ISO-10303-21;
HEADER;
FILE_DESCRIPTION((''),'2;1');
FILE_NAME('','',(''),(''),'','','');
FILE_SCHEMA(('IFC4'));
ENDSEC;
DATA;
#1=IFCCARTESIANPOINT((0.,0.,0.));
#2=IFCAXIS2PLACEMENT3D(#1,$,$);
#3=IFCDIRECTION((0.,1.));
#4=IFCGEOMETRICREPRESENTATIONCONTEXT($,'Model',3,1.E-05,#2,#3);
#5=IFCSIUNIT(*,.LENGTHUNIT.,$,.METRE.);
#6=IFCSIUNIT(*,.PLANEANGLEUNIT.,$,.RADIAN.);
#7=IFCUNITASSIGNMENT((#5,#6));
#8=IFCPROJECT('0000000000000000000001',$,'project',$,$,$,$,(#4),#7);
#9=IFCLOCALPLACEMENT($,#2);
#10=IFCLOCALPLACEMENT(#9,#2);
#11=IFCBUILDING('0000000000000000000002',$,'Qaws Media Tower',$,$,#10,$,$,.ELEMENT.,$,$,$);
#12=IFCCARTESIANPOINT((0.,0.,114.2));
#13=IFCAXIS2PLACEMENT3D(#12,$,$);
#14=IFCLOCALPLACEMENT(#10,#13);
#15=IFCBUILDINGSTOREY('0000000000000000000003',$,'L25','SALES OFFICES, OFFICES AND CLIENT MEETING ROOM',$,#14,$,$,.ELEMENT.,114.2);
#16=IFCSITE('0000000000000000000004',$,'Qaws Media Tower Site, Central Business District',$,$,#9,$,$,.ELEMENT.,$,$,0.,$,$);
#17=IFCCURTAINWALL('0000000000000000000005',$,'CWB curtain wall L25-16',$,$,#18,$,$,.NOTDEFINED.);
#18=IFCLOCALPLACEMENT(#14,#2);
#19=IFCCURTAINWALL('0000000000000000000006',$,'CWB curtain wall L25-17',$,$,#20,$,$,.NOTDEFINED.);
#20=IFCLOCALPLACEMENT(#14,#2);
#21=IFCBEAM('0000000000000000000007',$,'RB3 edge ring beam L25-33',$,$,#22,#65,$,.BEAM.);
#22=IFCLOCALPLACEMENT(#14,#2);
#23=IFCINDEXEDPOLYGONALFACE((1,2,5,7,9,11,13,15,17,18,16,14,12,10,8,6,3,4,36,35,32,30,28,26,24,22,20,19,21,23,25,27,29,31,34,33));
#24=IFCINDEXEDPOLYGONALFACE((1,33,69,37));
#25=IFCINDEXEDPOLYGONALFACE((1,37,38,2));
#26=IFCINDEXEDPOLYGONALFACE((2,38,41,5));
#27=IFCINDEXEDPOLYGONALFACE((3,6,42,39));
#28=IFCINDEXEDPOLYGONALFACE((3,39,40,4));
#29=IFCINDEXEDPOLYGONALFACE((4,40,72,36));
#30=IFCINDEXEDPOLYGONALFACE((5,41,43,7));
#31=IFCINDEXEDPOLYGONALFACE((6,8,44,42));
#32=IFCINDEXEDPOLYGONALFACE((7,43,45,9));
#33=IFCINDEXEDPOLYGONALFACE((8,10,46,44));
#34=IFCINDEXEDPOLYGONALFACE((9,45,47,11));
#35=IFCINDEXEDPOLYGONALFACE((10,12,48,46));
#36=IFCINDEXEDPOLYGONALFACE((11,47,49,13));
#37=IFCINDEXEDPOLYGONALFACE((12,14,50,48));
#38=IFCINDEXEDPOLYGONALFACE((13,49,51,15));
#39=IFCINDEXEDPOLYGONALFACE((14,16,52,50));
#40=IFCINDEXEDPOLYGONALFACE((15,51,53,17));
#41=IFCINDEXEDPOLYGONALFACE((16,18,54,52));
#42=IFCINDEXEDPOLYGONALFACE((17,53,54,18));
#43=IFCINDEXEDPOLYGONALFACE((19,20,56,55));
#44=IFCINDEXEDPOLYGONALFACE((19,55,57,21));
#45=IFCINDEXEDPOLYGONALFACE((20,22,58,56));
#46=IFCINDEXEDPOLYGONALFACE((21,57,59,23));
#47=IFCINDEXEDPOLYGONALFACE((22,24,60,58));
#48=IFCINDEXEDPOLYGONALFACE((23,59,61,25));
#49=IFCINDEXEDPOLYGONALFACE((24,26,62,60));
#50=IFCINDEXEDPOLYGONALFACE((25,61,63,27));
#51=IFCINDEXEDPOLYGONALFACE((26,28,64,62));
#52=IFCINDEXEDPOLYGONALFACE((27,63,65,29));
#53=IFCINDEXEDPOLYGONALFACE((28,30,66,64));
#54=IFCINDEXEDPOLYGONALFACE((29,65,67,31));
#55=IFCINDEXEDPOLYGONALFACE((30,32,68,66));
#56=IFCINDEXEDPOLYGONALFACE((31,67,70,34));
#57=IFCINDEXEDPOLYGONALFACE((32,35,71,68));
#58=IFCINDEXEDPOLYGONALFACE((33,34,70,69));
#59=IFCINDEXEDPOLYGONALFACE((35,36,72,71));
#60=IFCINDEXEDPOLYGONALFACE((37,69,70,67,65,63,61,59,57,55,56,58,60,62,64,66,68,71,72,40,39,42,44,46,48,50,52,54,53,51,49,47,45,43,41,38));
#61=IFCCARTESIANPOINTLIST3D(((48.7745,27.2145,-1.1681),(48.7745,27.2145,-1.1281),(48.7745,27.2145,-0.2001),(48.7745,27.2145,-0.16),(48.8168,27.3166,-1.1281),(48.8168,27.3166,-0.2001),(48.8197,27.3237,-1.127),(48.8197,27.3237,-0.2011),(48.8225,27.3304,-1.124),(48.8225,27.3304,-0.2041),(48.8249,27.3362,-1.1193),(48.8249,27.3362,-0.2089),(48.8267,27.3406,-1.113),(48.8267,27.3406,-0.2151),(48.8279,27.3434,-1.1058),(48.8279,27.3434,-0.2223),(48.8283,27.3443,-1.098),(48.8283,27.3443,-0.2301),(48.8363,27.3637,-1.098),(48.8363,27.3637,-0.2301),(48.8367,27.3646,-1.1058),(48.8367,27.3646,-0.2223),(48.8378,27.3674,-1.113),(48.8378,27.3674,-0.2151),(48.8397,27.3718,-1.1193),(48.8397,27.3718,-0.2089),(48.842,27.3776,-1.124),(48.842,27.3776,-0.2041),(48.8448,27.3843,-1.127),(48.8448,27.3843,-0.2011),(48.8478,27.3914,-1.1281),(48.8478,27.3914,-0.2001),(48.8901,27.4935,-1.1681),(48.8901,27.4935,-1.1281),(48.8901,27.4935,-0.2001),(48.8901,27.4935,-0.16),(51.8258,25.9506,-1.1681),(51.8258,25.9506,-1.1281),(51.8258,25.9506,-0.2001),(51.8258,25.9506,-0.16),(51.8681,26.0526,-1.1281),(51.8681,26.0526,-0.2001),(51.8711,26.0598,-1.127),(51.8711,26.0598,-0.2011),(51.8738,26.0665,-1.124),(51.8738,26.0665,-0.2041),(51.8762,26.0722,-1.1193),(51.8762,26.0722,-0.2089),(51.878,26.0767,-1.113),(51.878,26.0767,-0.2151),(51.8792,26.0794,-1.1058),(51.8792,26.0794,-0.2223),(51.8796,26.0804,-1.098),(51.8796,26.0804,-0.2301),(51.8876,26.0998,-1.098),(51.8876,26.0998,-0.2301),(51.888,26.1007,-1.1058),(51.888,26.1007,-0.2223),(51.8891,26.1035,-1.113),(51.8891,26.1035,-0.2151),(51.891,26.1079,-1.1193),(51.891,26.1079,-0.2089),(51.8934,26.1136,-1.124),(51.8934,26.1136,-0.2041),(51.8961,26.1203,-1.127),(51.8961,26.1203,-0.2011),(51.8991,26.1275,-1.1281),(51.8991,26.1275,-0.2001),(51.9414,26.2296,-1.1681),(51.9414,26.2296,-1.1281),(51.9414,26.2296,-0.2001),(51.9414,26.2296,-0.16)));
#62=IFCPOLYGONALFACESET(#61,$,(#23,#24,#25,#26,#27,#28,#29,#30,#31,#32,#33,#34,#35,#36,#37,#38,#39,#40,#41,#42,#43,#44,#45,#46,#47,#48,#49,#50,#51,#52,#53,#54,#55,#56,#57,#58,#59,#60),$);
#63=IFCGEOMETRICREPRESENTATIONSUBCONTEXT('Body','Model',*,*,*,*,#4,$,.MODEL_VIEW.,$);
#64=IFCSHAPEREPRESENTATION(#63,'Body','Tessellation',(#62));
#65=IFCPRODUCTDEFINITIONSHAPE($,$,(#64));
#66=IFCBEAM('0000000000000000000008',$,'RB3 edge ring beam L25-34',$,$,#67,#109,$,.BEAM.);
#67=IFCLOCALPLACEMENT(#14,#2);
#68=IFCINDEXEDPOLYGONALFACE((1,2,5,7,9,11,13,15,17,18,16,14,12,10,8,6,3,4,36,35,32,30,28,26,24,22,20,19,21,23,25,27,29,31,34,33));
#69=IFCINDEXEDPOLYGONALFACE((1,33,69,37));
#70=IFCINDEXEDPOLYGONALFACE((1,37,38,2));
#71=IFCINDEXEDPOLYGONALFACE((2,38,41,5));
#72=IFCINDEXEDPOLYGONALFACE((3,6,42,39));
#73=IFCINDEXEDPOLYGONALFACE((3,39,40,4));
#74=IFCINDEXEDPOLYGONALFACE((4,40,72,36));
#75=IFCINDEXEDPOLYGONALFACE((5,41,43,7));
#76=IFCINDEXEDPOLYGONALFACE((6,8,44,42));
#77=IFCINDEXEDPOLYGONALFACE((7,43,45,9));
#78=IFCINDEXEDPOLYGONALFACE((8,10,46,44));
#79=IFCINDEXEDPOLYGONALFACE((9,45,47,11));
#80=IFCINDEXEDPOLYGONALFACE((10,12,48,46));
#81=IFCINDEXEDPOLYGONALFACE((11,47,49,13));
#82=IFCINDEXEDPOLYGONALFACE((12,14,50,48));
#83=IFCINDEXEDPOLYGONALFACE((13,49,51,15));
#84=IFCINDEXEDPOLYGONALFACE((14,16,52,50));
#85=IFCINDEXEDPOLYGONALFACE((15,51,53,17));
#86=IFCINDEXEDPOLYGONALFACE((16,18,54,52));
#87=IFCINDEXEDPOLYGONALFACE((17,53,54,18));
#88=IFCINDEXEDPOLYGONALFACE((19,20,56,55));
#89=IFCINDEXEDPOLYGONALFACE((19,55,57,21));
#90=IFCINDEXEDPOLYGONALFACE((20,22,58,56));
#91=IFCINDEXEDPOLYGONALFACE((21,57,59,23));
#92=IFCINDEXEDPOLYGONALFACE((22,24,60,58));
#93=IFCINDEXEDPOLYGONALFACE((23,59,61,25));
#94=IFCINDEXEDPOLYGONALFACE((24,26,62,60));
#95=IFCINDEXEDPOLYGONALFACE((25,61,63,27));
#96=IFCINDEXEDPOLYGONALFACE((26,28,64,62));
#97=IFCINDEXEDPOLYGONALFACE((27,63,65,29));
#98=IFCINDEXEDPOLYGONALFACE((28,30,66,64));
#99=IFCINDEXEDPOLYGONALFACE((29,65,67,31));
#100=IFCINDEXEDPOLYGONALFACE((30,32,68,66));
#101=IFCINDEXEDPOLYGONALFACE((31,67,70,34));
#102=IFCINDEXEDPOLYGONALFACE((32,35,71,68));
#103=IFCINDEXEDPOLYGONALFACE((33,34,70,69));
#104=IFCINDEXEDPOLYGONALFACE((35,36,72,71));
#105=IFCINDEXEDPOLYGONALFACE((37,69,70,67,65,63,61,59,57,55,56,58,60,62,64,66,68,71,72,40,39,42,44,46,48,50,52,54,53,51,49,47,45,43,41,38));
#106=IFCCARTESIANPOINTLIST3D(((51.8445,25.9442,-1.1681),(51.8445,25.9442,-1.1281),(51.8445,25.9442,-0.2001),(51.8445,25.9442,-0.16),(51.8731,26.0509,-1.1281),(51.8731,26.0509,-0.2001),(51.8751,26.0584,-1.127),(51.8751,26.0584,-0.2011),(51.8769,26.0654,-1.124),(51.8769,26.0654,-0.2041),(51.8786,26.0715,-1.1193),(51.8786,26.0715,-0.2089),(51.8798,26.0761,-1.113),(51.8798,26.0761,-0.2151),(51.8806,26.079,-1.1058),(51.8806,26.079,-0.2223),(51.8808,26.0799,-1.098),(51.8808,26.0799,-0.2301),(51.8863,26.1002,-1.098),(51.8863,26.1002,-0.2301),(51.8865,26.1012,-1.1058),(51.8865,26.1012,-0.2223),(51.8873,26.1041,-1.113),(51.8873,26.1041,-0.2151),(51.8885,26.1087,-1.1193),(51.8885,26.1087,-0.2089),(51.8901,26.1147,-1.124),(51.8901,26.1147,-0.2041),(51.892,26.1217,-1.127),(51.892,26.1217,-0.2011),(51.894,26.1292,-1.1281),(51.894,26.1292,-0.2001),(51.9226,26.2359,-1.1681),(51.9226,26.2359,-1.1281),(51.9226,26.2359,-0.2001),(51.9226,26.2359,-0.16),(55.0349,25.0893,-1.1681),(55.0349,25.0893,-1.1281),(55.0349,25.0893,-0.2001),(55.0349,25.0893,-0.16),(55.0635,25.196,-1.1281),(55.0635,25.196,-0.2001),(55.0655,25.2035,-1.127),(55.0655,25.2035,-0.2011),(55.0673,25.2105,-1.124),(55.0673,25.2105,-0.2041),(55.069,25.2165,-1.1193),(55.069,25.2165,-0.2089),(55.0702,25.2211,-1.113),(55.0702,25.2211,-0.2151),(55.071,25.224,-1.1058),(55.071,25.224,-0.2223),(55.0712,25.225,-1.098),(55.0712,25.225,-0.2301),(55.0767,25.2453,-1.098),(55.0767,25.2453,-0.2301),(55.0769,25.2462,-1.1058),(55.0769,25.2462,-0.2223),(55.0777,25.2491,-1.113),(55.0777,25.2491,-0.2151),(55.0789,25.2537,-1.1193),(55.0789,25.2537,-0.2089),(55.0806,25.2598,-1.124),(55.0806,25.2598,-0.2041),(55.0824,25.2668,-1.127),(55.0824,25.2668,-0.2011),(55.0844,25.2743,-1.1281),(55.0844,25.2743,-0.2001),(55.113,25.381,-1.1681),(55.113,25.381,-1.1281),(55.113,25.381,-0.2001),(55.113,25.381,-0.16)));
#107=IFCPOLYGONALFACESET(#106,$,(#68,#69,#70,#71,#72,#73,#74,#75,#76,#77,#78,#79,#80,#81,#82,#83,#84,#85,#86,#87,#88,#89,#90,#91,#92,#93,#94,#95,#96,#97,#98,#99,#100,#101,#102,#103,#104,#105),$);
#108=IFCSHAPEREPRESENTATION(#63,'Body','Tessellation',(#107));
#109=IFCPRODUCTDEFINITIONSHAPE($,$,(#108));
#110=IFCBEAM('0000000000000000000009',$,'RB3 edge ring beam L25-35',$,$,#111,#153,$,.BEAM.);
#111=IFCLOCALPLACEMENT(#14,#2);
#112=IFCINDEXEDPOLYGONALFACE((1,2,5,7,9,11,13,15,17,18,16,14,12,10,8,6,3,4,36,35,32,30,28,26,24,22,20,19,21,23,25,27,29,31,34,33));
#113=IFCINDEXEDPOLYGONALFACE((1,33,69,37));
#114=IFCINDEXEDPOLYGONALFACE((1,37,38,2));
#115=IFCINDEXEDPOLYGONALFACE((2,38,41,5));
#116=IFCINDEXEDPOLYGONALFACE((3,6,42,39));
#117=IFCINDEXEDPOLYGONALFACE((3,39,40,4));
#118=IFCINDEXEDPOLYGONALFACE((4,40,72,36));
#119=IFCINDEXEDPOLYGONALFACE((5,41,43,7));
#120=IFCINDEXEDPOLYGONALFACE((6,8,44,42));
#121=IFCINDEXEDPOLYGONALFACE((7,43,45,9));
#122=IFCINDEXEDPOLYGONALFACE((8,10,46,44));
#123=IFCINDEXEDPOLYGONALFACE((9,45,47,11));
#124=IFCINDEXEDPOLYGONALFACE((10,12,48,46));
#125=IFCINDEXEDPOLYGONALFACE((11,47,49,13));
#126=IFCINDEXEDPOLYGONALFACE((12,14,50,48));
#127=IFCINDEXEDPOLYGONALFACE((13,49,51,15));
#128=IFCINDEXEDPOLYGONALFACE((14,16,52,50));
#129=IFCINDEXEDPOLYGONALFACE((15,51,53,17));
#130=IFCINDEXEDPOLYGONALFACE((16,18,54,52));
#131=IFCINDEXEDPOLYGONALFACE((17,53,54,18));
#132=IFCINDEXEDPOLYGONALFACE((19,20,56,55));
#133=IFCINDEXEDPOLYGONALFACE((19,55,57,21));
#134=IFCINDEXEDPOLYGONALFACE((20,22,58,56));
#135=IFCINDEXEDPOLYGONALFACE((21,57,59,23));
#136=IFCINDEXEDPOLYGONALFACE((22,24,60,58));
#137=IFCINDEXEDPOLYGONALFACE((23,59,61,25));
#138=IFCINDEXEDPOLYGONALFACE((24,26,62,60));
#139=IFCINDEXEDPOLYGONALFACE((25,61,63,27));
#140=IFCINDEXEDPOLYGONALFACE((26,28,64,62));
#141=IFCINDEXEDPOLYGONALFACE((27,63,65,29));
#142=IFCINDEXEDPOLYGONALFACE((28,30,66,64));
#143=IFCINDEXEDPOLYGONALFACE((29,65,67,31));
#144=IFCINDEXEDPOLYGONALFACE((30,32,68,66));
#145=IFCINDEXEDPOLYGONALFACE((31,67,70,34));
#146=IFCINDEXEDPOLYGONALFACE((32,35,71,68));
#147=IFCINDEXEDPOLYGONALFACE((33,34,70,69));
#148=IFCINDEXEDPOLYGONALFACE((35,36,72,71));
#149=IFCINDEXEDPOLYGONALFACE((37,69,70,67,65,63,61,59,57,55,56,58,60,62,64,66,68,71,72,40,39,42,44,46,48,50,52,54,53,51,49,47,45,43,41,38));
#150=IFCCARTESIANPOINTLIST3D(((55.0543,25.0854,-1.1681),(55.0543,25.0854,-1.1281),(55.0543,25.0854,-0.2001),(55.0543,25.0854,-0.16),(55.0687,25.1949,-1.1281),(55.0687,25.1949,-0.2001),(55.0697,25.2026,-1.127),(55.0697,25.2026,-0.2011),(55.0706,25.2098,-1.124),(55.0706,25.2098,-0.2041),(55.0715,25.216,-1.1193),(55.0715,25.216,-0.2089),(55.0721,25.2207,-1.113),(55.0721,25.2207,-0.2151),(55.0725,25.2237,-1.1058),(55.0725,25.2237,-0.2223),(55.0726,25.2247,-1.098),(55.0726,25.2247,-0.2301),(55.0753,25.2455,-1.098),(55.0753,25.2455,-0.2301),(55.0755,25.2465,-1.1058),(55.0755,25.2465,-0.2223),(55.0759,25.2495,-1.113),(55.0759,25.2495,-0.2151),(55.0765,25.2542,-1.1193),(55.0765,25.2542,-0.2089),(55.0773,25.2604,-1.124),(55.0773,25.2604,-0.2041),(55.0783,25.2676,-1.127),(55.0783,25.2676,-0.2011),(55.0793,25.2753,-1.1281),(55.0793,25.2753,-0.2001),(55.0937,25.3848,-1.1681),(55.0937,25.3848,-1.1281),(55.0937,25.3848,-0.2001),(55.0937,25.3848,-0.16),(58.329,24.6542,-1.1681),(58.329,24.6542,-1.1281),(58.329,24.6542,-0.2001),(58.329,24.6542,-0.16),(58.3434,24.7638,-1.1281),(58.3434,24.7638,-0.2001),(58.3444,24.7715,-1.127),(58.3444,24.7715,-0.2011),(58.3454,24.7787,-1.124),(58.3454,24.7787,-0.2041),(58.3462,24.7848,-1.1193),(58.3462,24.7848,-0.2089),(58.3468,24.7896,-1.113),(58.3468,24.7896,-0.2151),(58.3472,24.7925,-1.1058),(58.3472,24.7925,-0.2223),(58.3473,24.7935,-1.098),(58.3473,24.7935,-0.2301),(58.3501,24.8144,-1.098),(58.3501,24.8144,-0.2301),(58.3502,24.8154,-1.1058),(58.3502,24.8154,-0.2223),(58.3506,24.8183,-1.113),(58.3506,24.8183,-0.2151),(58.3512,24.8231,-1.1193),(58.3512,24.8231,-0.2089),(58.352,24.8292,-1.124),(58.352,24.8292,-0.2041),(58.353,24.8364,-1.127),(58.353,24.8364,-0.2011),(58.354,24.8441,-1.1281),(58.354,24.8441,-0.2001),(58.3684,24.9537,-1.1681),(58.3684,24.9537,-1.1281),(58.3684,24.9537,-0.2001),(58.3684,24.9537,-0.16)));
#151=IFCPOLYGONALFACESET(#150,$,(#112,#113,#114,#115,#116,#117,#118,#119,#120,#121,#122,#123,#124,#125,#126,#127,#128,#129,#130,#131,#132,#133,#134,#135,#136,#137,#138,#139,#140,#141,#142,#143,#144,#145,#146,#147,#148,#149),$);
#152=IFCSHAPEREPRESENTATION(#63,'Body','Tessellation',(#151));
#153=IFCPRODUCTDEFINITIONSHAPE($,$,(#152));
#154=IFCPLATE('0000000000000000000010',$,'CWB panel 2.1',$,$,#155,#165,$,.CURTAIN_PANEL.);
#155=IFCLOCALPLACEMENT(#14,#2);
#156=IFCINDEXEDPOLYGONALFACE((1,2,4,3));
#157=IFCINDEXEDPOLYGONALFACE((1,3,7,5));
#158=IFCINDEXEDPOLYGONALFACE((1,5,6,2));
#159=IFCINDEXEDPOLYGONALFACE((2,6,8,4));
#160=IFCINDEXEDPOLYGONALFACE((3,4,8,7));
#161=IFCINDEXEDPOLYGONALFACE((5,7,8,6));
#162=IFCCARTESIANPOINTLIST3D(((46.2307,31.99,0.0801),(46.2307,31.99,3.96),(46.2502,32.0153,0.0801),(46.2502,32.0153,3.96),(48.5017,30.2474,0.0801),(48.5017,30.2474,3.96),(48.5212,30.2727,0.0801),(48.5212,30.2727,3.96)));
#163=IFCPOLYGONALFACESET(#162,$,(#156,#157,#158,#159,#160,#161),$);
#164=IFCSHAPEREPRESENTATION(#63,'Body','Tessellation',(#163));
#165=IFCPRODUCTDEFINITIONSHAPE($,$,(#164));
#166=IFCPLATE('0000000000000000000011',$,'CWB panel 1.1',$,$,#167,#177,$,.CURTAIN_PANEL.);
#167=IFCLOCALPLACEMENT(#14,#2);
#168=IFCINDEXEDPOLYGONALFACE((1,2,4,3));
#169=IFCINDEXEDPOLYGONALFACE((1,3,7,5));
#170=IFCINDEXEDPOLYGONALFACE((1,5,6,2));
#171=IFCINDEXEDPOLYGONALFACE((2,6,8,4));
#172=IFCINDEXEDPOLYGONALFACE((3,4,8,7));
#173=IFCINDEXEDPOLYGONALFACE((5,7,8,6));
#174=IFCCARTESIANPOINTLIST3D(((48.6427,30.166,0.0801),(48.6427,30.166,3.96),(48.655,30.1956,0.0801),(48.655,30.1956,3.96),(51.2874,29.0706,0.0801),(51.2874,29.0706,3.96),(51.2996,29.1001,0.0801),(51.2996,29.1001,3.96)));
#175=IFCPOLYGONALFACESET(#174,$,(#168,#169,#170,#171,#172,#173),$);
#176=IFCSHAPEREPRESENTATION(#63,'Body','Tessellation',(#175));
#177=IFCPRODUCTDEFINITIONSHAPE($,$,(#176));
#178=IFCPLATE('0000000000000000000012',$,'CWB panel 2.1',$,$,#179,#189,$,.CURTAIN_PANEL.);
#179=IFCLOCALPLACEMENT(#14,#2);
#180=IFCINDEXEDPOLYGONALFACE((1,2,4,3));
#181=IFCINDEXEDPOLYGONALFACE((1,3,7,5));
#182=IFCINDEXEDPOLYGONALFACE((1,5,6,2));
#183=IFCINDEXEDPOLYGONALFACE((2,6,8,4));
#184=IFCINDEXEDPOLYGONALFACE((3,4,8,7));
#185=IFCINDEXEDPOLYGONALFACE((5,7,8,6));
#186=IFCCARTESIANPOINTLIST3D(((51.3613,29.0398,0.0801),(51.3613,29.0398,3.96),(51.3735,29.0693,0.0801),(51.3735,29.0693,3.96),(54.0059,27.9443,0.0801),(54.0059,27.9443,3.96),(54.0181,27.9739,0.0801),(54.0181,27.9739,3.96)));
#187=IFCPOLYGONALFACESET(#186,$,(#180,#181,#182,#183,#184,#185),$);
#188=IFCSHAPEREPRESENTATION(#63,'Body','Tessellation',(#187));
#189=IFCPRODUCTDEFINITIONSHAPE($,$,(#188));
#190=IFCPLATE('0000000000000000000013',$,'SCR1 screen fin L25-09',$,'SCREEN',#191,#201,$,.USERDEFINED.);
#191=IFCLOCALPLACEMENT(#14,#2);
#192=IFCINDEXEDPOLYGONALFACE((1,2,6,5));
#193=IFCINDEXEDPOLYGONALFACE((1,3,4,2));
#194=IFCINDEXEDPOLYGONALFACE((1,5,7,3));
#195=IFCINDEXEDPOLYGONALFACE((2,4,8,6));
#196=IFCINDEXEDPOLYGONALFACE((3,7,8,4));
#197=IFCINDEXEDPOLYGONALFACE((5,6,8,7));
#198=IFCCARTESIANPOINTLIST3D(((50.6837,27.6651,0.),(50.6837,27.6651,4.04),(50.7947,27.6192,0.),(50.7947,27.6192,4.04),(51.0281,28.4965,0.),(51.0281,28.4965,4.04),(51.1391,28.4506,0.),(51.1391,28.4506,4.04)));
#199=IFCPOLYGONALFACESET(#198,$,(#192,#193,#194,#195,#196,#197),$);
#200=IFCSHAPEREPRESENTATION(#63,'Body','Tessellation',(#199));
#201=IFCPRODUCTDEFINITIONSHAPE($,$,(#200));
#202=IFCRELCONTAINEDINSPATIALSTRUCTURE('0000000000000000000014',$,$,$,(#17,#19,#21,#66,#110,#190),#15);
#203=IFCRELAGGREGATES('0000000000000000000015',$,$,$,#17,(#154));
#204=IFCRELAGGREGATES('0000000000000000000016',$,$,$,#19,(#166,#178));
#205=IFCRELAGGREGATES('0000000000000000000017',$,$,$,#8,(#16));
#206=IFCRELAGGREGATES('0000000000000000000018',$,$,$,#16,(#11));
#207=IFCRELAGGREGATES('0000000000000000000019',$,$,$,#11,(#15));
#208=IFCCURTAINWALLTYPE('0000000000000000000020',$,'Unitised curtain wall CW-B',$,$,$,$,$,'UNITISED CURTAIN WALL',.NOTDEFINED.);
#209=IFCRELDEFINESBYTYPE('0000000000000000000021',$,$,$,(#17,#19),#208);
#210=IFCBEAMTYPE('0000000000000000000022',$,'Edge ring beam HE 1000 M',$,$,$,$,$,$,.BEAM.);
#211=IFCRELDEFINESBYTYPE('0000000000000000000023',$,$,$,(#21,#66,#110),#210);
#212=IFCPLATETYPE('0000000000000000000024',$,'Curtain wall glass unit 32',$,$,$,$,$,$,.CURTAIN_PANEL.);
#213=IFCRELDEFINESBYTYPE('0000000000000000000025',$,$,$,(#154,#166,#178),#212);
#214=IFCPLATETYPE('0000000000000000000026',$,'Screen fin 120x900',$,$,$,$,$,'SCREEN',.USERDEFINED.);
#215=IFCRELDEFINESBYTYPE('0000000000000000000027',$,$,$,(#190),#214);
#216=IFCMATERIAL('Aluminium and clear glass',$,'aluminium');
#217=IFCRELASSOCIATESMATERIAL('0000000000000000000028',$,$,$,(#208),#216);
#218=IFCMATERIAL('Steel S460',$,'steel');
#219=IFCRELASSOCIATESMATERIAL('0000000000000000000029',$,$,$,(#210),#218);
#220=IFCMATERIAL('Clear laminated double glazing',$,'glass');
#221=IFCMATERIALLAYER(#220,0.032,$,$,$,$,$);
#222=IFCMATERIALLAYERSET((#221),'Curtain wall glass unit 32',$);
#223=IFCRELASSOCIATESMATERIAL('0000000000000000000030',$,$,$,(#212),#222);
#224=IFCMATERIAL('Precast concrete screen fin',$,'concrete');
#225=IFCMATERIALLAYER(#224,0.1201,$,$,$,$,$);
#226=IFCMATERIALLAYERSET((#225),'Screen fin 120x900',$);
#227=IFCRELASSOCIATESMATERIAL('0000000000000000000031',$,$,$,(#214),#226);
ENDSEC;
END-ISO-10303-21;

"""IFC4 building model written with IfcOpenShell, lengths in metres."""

from ifc_helpers import new_model, si_unit, direction, frame, origin, origin_2d, place, context, subcontext, project, spatial, rectangle, i_section, extrude, material, layer, layer_set, material_profile, profile_set, type_object, element, aggregate, save


model = new_model("IFC4")

# Units and contexts
model_context = context("Model", 3, precision=1e-05, world=origin(), true_north=direction((0.0, 1.0)))
body_context = subcontext(model_context, "Body", "Model", "MODEL_VIEW")
ifc_project = project(units=[si_unit("LENGTHUNIT", "METRE"), si_unit("PLANEANGLEUNIT", "RADIAN")], contexts=[model_context])

# Site, building, storey
site_placement = place(None, origin())
site = spatial("IfcSite", under=ifc_project, at=site_placement, Name="Qaws Media Tower Site, Central Business District", CompositionType="ELEMENT", RefElevation=0.0)
building_placement = place(site_placement, origin())
building = spatial("IfcBuilding", under=site, at=building_placement, Name="Qaws Media Tower", CompositionType="ELEMENT")
storey_placement = place(building_placement, frame((0.0, 0.0, 114.2)))
storey = spatial("IfcBuildingStorey", under=building, at=storey_placement, Name="L25", Description="SALES OFFICES, OFFICES AND CLIENT MEETING ROOM", CompositionType="ELEMENT", Elevation=114.2)

# Curtain walls
ifc_material_1 = material(Name="Aluminium and clear glass", Category="aluminium")
curtain_wall_type = type_object("IfcCurtainWallType", Name="Unitised curtain wall CW-B", ElementType="UNITISED CURTAIN WALL", PredefinedType="NOTDEFINED", material=ifc_material_1)
curtain_wall_1_placement = place(storey_placement, origin())
curtain_wall_1 = element("IfcCurtainWall", 1, at=curtain_wall_1_placement, inside=storey, type_object=curtain_wall_type, Name="CWB curtain wall L25-16", PredefinedType="NOTDEFINED")
curtain_wall_2_placement = place(storey_placement, origin())
curtain_wall_2 = element("IfcCurtainWall", 2, at=curtain_wall_2_placement, inside=storey, type_object=curtain_wall_type, Name="CWB curtain wall L25-17", PredefinedType="NOTDEFINED")

# Beams
ifc_material_2 = material(Name="Steel S460", Category="steel")
ifc_material_profile_1 = material_profile(ifc_material_2, i_section(OverallWidth=0.302, OverallDepth=1.0081, WebThickness=0.021, FlangeThickness=0.04, FilletRadius=0.03, at=origin_2d()), Name="HE 1000 M")
ifc_profile_set_1 = profile_set([ifc_material_profile_1], Name="Steel S460")
beam_type = type_object("IfcBeamType", Name="Edge ring beam HE 1000 M", PredefinedType="BEAM", material=ifc_profile_set_1)
for number, where, z_axis, x_axis, name in (
    (3, (48.8323, 27.354, -0.6641), (0.923875, -0.382693, 0.0), (0.382693, 0.923875, 0.0), "RB3 edge ring beam L25-33"),
):
    element("IfcBeam", number, at=place(storey_placement, frame(where, z_axis=z_axis, x_axis=x_axis)), inside=storey, type_object=beam_type, Name=name, PredefinedType="BEAM", context=body_context, shape_type="SweptSolid", body=[
        extrude(i_section(OverallWidth=0.302, OverallDepth=1.0081, WebThickness=0.021, FlangeThickness=0.04, FilletRadius=0.03, at=origin_2d()), origin(), (0.0, 0.0, 1.0), 3.3027),
    ])
for number, where, z_axis, x_axis, name in (
    (4, (51.8835, 26.0901, -0.6641), (0.965918, -0.258849, 0.0), (0.258849, 0.965918, 0.0), "RB3 edge ring beam L25-34"),
    (5, (55.074, 25.2351, -0.6641), (0.991443, -0.130537, 0.0), (0.130537, 0.991443, 0.0), "RB3 edge ring beam L25-35"),
):
    element("IfcBeam", number, at=place(storey_placement, frame(where, z_axis=z_axis, x_axis=x_axis)), inside=storey, type_object=beam_type, Name=name, PredefinedType="BEAM", context=body_context, shape_type="SweptSolid", body=[
        extrude(i_section(OverallWidth=0.302, OverallDepth=1.0081, WebThickness=0.021, FlangeThickness=0.04, FilletRadius=0.03, at=origin_2d()), origin(), (0.0, 0.0, 1.0), 3.303),
    ])

# Plates
ifc_material_3 = material(Name="Clear laminated double glazing", Category="glass")
ifc_layer_1 = layer(ifc_material_3, 0.032)
ifc_layer_set_1 = layer_set([ifc_layer_1], Name="Curtain wall glass unit 32")
plate_type_1 = type_object("IfcPlateType", Name="Curtain wall glass unit 32", PredefinedType="CURTAIN_PANEL", material=ifc_layer_set_1)
plate_1_placement = place(storey_placement, frame((47.376, 31.1313, 0.0801), z_axis=(0.0, 0.0, 1.0), x_axis=(0.793353, -0.608761, 0.0)))
plate_1 = element("IfcPlate", 6, at=plate_1_placement, type_object=plate_type_1, Name="CWB panel 2.1", PredefinedType="CURTAIN_PANEL", context=body_context, shape_type="SweptSolid", body=[
    extrude(rectangle(XDim=2.8625, YDim=0.032, at=origin_2d()), origin(), (0.0, 0.0, 1.0), 3.8799),
])
aggregate(curtain_wall_1, [plate_1])
plate_2_placement = place(storey_placement, frame((49.9712, 29.6331, 0.0801), z_axis=(0.0, 0.0, 1.0), x_axis=(0.92388, -0.382683, 0.0)))
plate_2 = element("IfcPlate", 7, at=plate_2_placement, type_object=plate_type_1, Name="CWB panel 1.1", PredefinedType="CURTAIN_PANEL", context=body_context, shape_type="SweptSolid", body=[
    extrude(rectangle(XDim=2.8625, YDim=0.032, at=origin_2d()), origin(), (0.0, 0.0, 1.0), 3.8799),
])
plate_3_placement = place(storey_placement, frame((52.6897, 28.5068, 0.0801), z_axis=(0.0, 0.0, 1.0), x_axis=(0.92388, -0.382683, 0.0)))
plate_3 = element("IfcPlate", 8, at=plate_3_placement, type_object=plate_type_1, Name="CWB panel 2.1", PredefinedType="CURTAIN_PANEL", context=body_context, shape_type="SweptSolid", body=[
    extrude(rectangle(XDim=2.8625, YDim=0.032, at=origin_2d()), origin(), (0.0, 0.0, 1.0), 3.8799),
])
aggregate(curtain_wall_2, [plate_2, plate_3])
ifc_material_4 = material(Name="Precast concrete screen fin", Category="concrete")
ifc_layer_2 = layer(ifc_material_4, 0.1201)
ifc_layer_set_2 = layer_set([ifc_layer_2], Name="Screen fin 120x900")
plate_type_2 = type_object("IfcPlateType", Name="Screen fin 120x900", ElementType="SCREEN", PredefinedType="USERDEFINED", material=ifc_layer_set_2)
plate_4_placement = place(storey_placement, frame((50.9114, 28.0579, 0.0), z_axis=(0.0, 0.0, 1.0), x_axis=(-0.382683, -0.92388, 0.0)))
element("IfcPlate", 9, at=plate_4_placement, inside=storey, type_object=plate_type_2, Name="SCR1 screen fin L25-09", ObjectType="SCREEN", PredefinedType="USERDEFINED", context=body_context, shape_type="SweptSolid", body=[
    extrude(rectangle(XDim=0.8999, YDim=0.1201, at=origin_2d()), origin(), (0.0, 0.0, 1.0), 4.04),
])

save(model, "model.ifc")
